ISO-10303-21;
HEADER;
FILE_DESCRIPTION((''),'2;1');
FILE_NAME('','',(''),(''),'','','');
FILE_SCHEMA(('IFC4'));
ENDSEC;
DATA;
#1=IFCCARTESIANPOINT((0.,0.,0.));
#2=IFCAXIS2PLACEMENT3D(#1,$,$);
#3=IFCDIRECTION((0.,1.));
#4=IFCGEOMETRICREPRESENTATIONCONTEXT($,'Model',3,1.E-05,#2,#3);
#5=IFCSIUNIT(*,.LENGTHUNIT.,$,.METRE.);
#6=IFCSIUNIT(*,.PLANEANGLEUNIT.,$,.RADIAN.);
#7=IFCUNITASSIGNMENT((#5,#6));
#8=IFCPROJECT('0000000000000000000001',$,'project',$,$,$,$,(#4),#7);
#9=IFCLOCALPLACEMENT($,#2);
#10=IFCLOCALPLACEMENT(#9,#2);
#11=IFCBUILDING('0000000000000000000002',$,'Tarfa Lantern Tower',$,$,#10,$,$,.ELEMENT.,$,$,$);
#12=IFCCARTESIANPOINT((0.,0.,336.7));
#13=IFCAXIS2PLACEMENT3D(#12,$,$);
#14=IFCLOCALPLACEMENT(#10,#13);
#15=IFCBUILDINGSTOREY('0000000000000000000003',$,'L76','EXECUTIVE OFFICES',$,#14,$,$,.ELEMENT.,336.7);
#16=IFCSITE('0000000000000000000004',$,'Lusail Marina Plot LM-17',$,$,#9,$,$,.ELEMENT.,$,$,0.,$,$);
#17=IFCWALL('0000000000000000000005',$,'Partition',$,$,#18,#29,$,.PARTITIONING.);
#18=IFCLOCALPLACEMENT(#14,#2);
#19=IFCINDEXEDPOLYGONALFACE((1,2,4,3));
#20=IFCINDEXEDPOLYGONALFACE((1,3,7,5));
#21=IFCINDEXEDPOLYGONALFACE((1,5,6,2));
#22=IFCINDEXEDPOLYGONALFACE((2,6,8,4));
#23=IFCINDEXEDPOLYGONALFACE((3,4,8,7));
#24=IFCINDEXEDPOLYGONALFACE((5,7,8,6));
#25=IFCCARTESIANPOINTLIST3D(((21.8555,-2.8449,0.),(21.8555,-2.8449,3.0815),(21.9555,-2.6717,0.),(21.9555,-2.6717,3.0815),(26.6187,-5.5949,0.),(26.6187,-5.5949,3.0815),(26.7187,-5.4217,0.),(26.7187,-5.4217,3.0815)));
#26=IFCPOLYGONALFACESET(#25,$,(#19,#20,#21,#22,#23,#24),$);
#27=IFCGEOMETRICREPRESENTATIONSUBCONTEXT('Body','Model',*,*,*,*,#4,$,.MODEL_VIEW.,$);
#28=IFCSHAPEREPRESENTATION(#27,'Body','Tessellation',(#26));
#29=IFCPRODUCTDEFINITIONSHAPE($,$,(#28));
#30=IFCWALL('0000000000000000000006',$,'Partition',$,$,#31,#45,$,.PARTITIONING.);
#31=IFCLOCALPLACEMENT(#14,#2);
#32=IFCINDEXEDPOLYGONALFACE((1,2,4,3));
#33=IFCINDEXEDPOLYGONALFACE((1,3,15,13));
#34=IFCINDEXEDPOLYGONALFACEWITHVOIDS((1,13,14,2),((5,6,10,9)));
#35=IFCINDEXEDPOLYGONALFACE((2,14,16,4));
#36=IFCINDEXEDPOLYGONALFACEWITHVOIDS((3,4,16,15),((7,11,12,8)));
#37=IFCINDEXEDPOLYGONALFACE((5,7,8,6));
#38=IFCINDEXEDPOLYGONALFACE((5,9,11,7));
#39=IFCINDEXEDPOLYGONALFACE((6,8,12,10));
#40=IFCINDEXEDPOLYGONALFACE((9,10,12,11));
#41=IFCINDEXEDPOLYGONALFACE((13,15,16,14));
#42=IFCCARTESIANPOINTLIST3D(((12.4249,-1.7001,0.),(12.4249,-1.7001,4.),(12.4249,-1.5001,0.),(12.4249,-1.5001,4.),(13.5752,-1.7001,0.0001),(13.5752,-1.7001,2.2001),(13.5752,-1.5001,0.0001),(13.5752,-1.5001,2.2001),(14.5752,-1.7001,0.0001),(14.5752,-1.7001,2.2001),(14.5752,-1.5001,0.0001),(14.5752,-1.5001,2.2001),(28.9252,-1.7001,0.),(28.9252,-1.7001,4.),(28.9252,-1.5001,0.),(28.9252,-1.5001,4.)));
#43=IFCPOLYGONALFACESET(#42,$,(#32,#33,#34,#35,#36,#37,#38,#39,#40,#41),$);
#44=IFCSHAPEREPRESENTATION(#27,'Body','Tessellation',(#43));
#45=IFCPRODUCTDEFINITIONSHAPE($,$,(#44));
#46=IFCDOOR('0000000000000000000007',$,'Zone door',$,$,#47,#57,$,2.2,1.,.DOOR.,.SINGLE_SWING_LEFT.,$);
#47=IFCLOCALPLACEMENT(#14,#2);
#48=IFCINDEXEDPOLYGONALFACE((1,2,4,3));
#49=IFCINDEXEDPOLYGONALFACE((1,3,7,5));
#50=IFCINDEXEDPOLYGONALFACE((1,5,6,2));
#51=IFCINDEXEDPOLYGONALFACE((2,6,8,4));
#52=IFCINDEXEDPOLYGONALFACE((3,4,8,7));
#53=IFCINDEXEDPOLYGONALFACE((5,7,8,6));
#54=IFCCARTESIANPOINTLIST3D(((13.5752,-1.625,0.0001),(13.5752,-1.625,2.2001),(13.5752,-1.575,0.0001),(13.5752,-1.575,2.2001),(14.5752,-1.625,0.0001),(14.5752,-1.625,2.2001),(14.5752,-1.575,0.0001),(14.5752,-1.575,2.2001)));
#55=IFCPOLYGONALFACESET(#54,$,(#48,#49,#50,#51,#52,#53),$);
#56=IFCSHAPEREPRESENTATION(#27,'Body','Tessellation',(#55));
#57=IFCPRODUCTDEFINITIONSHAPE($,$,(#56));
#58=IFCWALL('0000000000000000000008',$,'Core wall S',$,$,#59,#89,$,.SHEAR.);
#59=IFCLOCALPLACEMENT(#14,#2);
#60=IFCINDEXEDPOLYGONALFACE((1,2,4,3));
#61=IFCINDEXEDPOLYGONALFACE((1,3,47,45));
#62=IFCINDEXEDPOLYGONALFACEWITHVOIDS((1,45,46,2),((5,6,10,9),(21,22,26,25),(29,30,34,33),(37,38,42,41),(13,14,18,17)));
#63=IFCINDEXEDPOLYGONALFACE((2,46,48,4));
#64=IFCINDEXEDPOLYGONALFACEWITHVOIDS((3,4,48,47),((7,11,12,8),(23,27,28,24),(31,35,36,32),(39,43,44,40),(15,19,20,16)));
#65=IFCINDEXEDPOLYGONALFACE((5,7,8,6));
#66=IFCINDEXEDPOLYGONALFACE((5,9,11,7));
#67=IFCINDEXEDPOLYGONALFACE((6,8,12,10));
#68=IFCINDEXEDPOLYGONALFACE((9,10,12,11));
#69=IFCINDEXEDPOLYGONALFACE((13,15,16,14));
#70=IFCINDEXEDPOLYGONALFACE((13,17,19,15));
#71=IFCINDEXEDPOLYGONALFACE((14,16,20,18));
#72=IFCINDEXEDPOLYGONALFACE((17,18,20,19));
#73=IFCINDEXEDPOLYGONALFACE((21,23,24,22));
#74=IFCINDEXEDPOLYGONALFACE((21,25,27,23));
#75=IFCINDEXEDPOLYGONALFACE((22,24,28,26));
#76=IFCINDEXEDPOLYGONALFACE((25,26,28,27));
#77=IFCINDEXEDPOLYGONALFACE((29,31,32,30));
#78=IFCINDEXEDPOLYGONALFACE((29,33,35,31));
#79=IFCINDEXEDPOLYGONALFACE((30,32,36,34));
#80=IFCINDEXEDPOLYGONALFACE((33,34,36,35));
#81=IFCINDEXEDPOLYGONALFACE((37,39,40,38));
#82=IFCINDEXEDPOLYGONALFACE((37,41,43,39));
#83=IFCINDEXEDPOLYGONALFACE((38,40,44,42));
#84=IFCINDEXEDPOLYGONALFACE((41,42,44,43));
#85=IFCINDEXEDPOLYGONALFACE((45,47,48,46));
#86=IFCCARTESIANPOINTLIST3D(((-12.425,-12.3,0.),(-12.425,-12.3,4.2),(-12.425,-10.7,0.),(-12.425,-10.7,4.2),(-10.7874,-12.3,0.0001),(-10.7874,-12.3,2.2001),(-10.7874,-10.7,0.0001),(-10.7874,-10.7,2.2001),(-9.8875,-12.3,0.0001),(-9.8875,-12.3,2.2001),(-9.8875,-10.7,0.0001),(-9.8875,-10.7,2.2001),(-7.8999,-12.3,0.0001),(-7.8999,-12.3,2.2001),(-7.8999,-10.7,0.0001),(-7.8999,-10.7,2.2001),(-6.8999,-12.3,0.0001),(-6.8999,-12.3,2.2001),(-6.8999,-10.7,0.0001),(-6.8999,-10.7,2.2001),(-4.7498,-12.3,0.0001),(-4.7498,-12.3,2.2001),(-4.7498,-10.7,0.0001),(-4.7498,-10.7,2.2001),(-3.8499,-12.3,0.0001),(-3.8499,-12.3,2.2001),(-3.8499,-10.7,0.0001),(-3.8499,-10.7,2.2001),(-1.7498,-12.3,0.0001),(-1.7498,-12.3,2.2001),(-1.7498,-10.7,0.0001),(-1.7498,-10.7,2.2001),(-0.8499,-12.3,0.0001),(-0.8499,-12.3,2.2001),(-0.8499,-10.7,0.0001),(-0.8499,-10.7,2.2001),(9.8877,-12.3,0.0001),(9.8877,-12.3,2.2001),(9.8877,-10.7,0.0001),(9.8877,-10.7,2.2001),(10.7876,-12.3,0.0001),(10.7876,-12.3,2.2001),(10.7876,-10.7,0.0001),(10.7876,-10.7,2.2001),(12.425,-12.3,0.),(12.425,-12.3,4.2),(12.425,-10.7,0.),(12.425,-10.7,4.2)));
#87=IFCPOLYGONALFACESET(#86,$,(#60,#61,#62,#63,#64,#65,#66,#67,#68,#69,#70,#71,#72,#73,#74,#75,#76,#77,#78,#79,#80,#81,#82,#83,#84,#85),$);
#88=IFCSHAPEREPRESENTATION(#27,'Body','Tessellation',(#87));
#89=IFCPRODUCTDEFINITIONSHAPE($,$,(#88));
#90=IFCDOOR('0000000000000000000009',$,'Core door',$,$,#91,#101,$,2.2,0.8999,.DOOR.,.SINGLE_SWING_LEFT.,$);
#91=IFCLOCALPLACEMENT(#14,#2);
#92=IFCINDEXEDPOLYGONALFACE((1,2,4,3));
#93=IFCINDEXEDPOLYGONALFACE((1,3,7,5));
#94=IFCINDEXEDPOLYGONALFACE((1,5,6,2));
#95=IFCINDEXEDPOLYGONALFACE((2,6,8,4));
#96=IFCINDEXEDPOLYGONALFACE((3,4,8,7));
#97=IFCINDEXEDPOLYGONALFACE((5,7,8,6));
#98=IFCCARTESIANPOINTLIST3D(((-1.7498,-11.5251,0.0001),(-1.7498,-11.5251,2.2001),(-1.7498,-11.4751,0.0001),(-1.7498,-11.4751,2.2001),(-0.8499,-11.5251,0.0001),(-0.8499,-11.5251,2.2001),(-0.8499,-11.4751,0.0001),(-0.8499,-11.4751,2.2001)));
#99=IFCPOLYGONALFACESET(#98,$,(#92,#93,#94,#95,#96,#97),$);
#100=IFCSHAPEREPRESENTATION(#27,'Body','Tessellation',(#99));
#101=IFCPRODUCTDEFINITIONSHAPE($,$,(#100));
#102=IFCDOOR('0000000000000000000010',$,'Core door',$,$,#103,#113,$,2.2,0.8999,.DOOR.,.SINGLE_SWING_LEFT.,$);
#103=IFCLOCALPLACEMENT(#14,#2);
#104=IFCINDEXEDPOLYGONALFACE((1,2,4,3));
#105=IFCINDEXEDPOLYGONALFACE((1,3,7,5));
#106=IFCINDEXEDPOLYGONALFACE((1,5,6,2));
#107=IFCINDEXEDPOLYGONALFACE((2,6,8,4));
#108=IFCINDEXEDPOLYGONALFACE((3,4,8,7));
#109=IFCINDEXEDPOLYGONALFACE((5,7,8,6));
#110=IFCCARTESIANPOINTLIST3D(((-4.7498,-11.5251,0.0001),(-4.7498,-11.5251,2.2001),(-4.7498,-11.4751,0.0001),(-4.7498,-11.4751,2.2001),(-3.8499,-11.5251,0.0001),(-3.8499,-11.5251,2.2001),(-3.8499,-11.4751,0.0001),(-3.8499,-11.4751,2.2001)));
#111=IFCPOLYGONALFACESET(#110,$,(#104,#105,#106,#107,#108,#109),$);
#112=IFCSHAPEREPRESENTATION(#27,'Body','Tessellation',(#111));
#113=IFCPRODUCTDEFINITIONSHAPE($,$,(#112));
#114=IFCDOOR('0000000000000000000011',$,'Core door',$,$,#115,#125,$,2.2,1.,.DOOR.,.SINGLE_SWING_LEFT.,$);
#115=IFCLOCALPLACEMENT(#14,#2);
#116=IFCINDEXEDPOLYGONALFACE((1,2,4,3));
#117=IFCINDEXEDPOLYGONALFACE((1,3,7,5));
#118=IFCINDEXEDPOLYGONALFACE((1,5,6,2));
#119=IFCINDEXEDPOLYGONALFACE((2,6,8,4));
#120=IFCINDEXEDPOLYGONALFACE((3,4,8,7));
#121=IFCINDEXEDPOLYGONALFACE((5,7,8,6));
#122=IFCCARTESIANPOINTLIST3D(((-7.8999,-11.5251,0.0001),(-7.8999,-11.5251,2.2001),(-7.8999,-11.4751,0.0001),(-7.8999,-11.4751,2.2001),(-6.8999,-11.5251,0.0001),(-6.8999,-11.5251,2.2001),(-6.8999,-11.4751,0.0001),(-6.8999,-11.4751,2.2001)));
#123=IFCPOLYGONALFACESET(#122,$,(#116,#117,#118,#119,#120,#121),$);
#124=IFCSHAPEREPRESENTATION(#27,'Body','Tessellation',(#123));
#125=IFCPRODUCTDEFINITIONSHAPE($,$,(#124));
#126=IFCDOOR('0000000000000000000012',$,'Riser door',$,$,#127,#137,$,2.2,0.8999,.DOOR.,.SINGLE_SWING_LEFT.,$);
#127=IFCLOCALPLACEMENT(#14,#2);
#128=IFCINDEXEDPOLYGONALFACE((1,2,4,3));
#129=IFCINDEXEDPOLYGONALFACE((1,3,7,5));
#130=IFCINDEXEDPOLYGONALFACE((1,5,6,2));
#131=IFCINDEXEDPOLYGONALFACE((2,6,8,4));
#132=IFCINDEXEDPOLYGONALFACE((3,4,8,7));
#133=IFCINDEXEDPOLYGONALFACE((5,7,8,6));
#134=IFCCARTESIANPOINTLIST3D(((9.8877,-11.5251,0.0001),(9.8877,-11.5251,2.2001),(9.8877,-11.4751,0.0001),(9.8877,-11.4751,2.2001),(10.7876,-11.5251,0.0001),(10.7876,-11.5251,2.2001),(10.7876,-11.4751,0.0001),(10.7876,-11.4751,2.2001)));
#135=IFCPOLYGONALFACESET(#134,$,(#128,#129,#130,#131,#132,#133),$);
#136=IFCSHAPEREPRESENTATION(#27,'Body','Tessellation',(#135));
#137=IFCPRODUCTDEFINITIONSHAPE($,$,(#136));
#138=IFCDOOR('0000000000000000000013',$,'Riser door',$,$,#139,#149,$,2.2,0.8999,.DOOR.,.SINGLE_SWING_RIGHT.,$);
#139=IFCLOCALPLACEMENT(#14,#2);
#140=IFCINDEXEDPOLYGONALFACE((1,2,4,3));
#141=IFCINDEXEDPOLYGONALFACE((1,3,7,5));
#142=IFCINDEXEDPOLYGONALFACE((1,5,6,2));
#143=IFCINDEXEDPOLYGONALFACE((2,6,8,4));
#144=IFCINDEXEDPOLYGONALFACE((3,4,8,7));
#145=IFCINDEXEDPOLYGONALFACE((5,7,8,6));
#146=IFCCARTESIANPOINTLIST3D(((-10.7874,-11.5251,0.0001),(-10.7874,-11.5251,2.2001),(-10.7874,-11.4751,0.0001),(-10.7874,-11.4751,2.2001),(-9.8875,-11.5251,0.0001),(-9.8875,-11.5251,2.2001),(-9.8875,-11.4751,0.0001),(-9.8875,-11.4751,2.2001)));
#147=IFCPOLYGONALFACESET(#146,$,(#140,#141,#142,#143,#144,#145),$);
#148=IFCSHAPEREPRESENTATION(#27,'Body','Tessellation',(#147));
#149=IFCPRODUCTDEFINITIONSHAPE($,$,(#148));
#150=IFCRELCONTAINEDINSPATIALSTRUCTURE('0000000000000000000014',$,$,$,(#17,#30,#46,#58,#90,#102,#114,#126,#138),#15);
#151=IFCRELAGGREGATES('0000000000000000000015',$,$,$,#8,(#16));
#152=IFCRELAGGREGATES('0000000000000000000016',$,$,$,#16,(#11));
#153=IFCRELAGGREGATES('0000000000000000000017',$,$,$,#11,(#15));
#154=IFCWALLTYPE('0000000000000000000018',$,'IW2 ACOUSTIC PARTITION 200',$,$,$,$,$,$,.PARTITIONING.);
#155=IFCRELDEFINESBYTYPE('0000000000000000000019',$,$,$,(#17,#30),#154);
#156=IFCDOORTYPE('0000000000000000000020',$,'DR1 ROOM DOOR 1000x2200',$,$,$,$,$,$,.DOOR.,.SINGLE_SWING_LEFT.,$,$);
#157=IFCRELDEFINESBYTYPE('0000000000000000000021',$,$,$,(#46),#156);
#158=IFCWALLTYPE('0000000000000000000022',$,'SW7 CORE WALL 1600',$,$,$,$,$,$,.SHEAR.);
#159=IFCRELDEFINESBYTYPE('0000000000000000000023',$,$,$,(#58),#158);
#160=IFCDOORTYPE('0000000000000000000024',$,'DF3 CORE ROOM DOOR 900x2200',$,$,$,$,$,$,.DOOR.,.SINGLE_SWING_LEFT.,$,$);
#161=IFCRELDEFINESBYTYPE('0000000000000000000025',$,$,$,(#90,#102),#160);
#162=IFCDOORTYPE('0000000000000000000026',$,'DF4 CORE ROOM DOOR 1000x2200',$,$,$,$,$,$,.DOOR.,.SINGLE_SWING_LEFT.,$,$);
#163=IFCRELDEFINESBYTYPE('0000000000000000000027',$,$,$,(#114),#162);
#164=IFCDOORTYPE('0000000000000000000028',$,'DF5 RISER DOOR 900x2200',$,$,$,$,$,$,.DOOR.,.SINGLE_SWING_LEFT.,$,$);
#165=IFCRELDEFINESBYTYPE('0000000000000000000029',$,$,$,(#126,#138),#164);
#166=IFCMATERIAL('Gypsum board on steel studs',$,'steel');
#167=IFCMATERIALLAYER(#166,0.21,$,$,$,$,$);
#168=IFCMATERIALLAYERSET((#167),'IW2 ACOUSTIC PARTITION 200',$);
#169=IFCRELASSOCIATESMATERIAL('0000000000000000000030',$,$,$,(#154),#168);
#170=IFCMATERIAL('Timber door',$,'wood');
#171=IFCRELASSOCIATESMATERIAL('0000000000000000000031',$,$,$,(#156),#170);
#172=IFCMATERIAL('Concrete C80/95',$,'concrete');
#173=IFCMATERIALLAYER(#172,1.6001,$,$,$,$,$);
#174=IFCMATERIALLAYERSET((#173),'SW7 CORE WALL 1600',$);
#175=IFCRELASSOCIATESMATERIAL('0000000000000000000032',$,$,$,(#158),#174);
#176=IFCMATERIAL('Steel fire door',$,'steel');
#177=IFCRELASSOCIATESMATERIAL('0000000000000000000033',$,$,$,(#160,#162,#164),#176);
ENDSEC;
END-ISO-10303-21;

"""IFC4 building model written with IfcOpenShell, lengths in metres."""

from ifc_helpers import new_model, si_unit, direction, frame, frame_2d, origin, place, context, subcontext, project, spatial, rectangle, extrude, material, layer, layer_set, type_object, element, fill, save


model = new_model("IFC4")

# Units and contexts
model_context = context("Model", 3, precision=1e-05, world=origin(), true_north=direction((0.0, 1.0)))
body_context = subcontext(model_context, "Body", "Model", "MODEL_VIEW")
ifc_project = project(units=[si_unit("LENGTHUNIT", "METRE"), si_unit("PLANEANGLEUNIT", "RADIAN")], contexts=[model_context])

# Site, building, storey
site_placement = place(None, origin())
site = spatial("IfcSite", under=ifc_project, at=site_placement, Name="Lusail Marina Plot LM-17", CompositionType="ELEMENT", RefElevation=0.0)
building_placement = place(site_placement, origin())
building = spatial("IfcBuilding", under=site, at=building_placement, Name="Tarfa Lantern Tower", CompositionType="ELEMENT")
storey_placement = place(building_placement, frame((0.0, 0.0, 336.7)))
storey = spatial("IfcBuildingStorey", under=building, at=storey_placement, Name="L76", Description="EXECUTIVE OFFICES", CompositionType="ELEMENT", Elevation=336.7)

# Shared definitions
ifc_material_1 = material(Name="Concrete C80/95", Category="concrete")

# Shared definitions
ifc_material_2 = material(Name="Gypsum board on steel studs", Category="steel")
ifc_layer_1 = layer(ifc_material_2, 0.21)
ifc_layer_set_1 = layer_set([ifc_layer_1], Name="IW2 ACOUSTIC PARTITION 200")
wall_type_1 = type_object("IfcWallType", Name="IW2 ACOUSTIC PARTITION 200", PredefinedType="PARTITIONING", material=ifc_layer_set_1)
ifc_material_3 = material(Name="Timber door", Category="wood")
door_type_1 = type_object("IfcDoorType", Name="DR1 ROOM DOOR 1000x2200", OperationType="SINGLE_SWING_LEFT", PredefinedType="DOOR", material=ifc_material_3)

# Wall
wall_1_placement = place(storey_placement, frame((21.9055, -2.7583, 0.0), z_axis=(0.0, 0.0, 1.0), x_axis=(0.866027, -0.499997, 0.0)))
element("IfcWall", 1, at=wall_1_placement, inside=storey, type_object=wall_type_1, Name="Partition", PredefinedType="PARTITIONING", context=body_context, shape_type="SweptSolid", body=[
    extrude(rectangle(XDim=5.5, YDim=0.2, at=frame_2d((2.75, 0.0))), origin(), (0.0, 0.0, 1.0), 3.0815),
])

# Wall, opening, door
wall_2_placement = place(storey_placement, frame((12.425, -1.6001, 0.0), z_axis=(0.0, 0.0, 1.0), x_axis=(1.0, 0.0, 0.0)))
wall_2 = element("IfcWall", 2, at=wall_2_placement, inside=storey, type_object=wall_type_1, Name="Partition", PredefinedType="PARTITIONING", context=body_context, shape_type="SweptSolid", body=[
    extrude(rectangle(XDim=16.5002, YDim=0.2, at=frame_2d((8.25, 0.0))), origin(), (0.0, 0.0, 1.0), 4.0),
])
opening_1_placement = place(wall_2_placement, frame((1.1501, 0.0, 0.0)))
opening_1 = element("IfcOpeningElement", 3, at=opening_1_placement, cuts=wall_2, PredefinedType="OPENING", context=body_context, shape_type="SweptSolid", body=[
    extrude(rectangle(XDim=1.0, YDim=2.2, at=frame_2d((0.5, 1.1001))), frame((0.0, 0.1099, 0.0), z_axis=(0.0, -1.0, 0.0), x_axis=(1.0, 0.0, 0.0)), (0.0, 0.0, 1.0), 0.22),
])
door_1_placement = place(opening_1_placement, frame((1.0, 0.0, 0.0), z_axis=(0.0, 0.0, 1.0), x_axis=(-1.0, 0.0, 0.0)))
door_1 = element("IfcDoor", 4, at=door_1_placement, inside=storey, type_object=door_type_1, Name="Zone door", OperationType="SINGLE_SWING_LEFT", OverallHeight=2.2, OverallWidth=1.0, PredefinedType="DOOR", context=body_context, shape_type="SweptSolid", body=[
    extrude(rectangle(XDim=1.0, YDim=2.2, at=frame_2d((0.5, 1.1001))), frame((0.0, 0.0249, 0.0), z_axis=(0.0, -1.0, 0.0), x_axis=(1.0, 0.0, 0.0)), (0.0, 0.0, 1.0), 0.05),
])
fill(opening_1, door_1)

# Wall, openings, doors
ifc_layer_2 = layer(ifc_material_1, 1.6001)
ifc_layer_set_2 = layer_set([ifc_layer_2], Name="SW7 CORE WALL 1600")
wall_type_2 = type_object("IfcWallType", Name="SW7 CORE WALL 1600", PredefinedType="SHEAR", material=ifc_layer_set_2)
wall_3_placement = place(storey_placement, frame((12.425, -11.5, 0.0), z_axis=(0.0, 0.0, 1.0), x_axis=(-1.0, 0.0, 0.0)))
wall_3 = element("IfcWall", 5, at=wall_3_placement, inside=storey, type_object=wall_type_2, Name="Core wall S", PredefinedType="SHEAR", context=body_context, shape_type="SweptSolid", body=[
    extrude(rectangle(XDim=24.8501, YDim=1.6001, at=frame_2d((12.425, 0.0))), origin(), (0.0, 0.0, 1.0), 4.2),
])
opening_2_placement = place(wall_3_placement, frame((13.2749, 0.0, 0.0)))
opening_2 = element("IfcOpeningElement", 6, at=opening_2_placement, cuts=wall_3, PredefinedType="OPENING", context=body_context, shape_type="SweptSolid", body=[
    extrude(rectangle(XDim=0.8999, YDim=2.2, at=frame_2d((0.45, 1.1001))), frame((0.0, 0.8101, 0.0), z_axis=(0.0, -1.0, 0.0), x_axis=(1.0, 0.0, 0.0)), (0.0, 0.0, 1.0), 1.6201),
])
opening_3_placement = place(wall_3_placement, frame((16.2749, 0.0, 0.0)))
opening_3 = element("IfcOpeningElement", 7, at=opening_3_placement, cuts=wall_3, PredefinedType="OPENING", context=body_context, shape_type="SweptSolid", body=[
    extrude(rectangle(XDim=0.8999, YDim=2.2, at=frame_2d((0.45, 1.1001))), frame((0.0, 0.8101, 0.0), z_axis=(0.0, -1.0, 0.0), x_axis=(1.0, 0.0, 0.0)), (0.0, 0.0, 1.0), 1.6201),
])
opening_4_placement = place(wall_3_placement, frame((19.325, 0.0, 0.0)))
opening_4 = element("IfcOpeningElement", 8, at=opening_4_placement, cuts=wall_3, PredefinedType="OPENING", context=body_context, shape_type="SweptSolid", body=[
    extrude(rectangle(XDim=1.0, YDim=2.2, at=frame_2d((0.5, 1.1001))), frame((0.0, 0.8101, 0.0), z_axis=(0.0, -1.0, 0.0), x_axis=(1.0, 0.0, 0.0)), (0.0, 0.0, 1.0), 1.6201),
])
opening_5_placement = place(wall_3_placement, frame((1.6375, 0.0, 0.0)))
opening_5 = element("IfcOpeningElement", 9, at=opening_5_placement, cuts=wall_3, PredefinedType="OPENING", context=body_context, shape_type="SweptSolid", body=[
    extrude(rectangle(XDim=0.8999, YDim=2.2, at=frame_2d((0.45, 1.1001))), frame((0.0, 0.8101, 0.0), z_axis=(0.0, -1.0, 0.0), x_axis=(1.0, 0.0, 0.0)), (0.0, 0.0, 1.0), 1.6201),
])
opening_6_placement = place(wall_3_placement, frame((22.3125, 0.0, 0.0)))
opening_6 = element("IfcOpeningElement", 10, at=opening_6_placement, cuts=wall_3, PredefinedType="OPENING", context=body_context, shape_type="SweptSolid", body=[
    extrude(rectangle(XDim=0.8999, YDim=2.2, at=frame_2d((0.45, 1.1001))), frame((0.0, 0.8101, 0.0), z_axis=(0.0, -1.0, 0.0), x_axis=(1.0, 0.0, 0.0)), (0.0, 0.0, 1.0), 1.6201),
])
ifc_material_4 = material(Name="Steel fire door", Category="steel")
door_type_2 = type_object("IfcDoorType", Name="DF3 CORE ROOM DOOR 900x2200", OperationType="SINGLE_SWING_LEFT", PredefinedType="DOOR", material=ifc_material_4)
door_2_placement = place(opening_2_placement, frame((0.8999, 0.0, 0.0), z_axis=(0.0, 0.0, 1.0), x_axis=(-1.0, 0.0, 0.0)))
door_2 = element("IfcDoor", 11, at=door_2_placement, inside=storey, type_object=door_type_2, Name="Core door", OperationType="SINGLE_SWING_LEFT", OverallHeight=2.2, OverallWidth=0.8999, PredefinedType="DOOR", context=body_context, shape_type="SweptSolid", body=[
    extrude(rectangle(XDim=0.8999, YDim=2.2, at=frame_2d((0.45, 1.1001))), frame((0.0, 0.0249, 0.0), z_axis=(0.0, -1.0, 0.0), x_axis=(1.0, 0.0, 0.0)), (0.0, 0.0, 1.0), 0.05),
])
fill(opening_2, door_2)
door_3_placement = place(opening_3_placement, frame((0.8999, 0.0, 0.0), z_axis=(0.0, 0.0, 1.0), x_axis=(-1.0, 0.0, 0.0)))
door_3 = element("IfcDoor", 12, at=door_3_placement, inside=storey, type_object=door_type_2, Name="Core door", OperationType="SINGLE_SWING_LEFT", OverallHeight=2.2, OverallWidth=0.8999, PredefinedType="DOOR", context=body_context, shape_type="SweptSolid", body=[
    extrude(rectangle(XDim=0.8999, YDim=2.2, at=frame_2d((0.45, 1.1001))), frame((0.0, 0.0249, 0.0), z_axis=(0.0, -1.0, 0.0), x_axis=(1.0, 0.0, 0.0)), (0.0, 0.0, 1.0), 0.05),
])
fill(opening_3, door_3)
door_type_3 = type_object("IfcDoorType", Name="DF4 CORE ROOM DOOR 1000x2200", OperationType="SINGLE_SWING_LEFT", PredefinedType="DOOR", material=ifc_material_4)
door_4_placement = place(opening_4_placement, frame((1.0, 0.0, 0.0), z_axis=(0.0, 0.0, 1.0), x_axis=(-1.0, 0.0, 0.0)))
door_4 = element("IfcDoor", 13, at=door_4_placement, inside=storey, type_object=door_type_3, Name="Core door", OperationType="SINGLE_SWING_LEFT", OverallHeight=2.2, OverallWidth=1.0, PredefinedType="DOOR", context=body_context, shape_type="SweptSolid", body=[
    extrude(rectangle(XDim=1.0, YDim=2.2, at=frame_2d((0.5, 1.1001))), frame((0.0, 0.0249, 0.0), z_axis=(0.0, -1.0, 0.0), x_axis=(1.0, 0.0, 0.0)), (0.0, 0.0, 1.0), 0.05),
])
fill(opening_4, door_4)
door_type_4 = type_object("IfcDoorType", Name="DF5 RISER DOOR 900x2200", OperationType="SINGLE_SWING_LEFT", PredefinedType="DOOR", material=ifc_material_4)
door_5_placement = place(opening_5_placement, frame((0.8999, 0.0, 0.0), z_axis=(0.0, 0.0, 1.0), x_axis=(-1.0, 0.0, 0.0)))
door_5 = element("IfcDoor", 14, at=door_5_placement, inside=storey, type_object=door_type_4, Name="Riser door", OperationType="SINGLE_SWING_LEFT", OverallHeight=2.2, OverallWidth=0.8999, PredefinedType="DOOR", context=body_context, shape_type="SweptSolid", body=[
    extrude(rectangle(XDim=0.8999, YDim=2.2, at=frame_2d((0.45, 1.1001))), frame((0.0, 0.0249, 0.0), z_axis=(0.0, -1.0, 0.0), x_axis=(1.0, 0.0, 0.0)), (0.0, 0.0, 1.0), 0.05),
])
fill(opening_5, door_5)
door_6_placement = place(opening_6_placement, frame((0.8999, 0.0, 0.0), z_axis=(0.0, 0.0, 1.0), x_axis=(-1.0, 0.0, 0.0)))
door_6 = element("IfcDoor", 15, at=door_6_placement, inside=storey, type_object=door_type_4, Name="Riser door", OperationType="SINGLE_SWING_RIGHT", OverallHeight=2.2, OverallWidth=0.8999, PredefinedType="DOOR", context=body_context, shape_type="SweptSolid", body=[
    extrude(rectangle(XDim=0.8999, YDim=2.2, at=frame_2d((0.45, 1.1001))), frame((0.0, 0.0249, 0.0), z_axis=(0.0, -1.0, 0.0), x_axis=(1.0, 0.0, 0.0)), (0.0, 0.0, 1.0), 0.05),
])
fill(opening_6, door_6)

save(model, "model.ifc")
